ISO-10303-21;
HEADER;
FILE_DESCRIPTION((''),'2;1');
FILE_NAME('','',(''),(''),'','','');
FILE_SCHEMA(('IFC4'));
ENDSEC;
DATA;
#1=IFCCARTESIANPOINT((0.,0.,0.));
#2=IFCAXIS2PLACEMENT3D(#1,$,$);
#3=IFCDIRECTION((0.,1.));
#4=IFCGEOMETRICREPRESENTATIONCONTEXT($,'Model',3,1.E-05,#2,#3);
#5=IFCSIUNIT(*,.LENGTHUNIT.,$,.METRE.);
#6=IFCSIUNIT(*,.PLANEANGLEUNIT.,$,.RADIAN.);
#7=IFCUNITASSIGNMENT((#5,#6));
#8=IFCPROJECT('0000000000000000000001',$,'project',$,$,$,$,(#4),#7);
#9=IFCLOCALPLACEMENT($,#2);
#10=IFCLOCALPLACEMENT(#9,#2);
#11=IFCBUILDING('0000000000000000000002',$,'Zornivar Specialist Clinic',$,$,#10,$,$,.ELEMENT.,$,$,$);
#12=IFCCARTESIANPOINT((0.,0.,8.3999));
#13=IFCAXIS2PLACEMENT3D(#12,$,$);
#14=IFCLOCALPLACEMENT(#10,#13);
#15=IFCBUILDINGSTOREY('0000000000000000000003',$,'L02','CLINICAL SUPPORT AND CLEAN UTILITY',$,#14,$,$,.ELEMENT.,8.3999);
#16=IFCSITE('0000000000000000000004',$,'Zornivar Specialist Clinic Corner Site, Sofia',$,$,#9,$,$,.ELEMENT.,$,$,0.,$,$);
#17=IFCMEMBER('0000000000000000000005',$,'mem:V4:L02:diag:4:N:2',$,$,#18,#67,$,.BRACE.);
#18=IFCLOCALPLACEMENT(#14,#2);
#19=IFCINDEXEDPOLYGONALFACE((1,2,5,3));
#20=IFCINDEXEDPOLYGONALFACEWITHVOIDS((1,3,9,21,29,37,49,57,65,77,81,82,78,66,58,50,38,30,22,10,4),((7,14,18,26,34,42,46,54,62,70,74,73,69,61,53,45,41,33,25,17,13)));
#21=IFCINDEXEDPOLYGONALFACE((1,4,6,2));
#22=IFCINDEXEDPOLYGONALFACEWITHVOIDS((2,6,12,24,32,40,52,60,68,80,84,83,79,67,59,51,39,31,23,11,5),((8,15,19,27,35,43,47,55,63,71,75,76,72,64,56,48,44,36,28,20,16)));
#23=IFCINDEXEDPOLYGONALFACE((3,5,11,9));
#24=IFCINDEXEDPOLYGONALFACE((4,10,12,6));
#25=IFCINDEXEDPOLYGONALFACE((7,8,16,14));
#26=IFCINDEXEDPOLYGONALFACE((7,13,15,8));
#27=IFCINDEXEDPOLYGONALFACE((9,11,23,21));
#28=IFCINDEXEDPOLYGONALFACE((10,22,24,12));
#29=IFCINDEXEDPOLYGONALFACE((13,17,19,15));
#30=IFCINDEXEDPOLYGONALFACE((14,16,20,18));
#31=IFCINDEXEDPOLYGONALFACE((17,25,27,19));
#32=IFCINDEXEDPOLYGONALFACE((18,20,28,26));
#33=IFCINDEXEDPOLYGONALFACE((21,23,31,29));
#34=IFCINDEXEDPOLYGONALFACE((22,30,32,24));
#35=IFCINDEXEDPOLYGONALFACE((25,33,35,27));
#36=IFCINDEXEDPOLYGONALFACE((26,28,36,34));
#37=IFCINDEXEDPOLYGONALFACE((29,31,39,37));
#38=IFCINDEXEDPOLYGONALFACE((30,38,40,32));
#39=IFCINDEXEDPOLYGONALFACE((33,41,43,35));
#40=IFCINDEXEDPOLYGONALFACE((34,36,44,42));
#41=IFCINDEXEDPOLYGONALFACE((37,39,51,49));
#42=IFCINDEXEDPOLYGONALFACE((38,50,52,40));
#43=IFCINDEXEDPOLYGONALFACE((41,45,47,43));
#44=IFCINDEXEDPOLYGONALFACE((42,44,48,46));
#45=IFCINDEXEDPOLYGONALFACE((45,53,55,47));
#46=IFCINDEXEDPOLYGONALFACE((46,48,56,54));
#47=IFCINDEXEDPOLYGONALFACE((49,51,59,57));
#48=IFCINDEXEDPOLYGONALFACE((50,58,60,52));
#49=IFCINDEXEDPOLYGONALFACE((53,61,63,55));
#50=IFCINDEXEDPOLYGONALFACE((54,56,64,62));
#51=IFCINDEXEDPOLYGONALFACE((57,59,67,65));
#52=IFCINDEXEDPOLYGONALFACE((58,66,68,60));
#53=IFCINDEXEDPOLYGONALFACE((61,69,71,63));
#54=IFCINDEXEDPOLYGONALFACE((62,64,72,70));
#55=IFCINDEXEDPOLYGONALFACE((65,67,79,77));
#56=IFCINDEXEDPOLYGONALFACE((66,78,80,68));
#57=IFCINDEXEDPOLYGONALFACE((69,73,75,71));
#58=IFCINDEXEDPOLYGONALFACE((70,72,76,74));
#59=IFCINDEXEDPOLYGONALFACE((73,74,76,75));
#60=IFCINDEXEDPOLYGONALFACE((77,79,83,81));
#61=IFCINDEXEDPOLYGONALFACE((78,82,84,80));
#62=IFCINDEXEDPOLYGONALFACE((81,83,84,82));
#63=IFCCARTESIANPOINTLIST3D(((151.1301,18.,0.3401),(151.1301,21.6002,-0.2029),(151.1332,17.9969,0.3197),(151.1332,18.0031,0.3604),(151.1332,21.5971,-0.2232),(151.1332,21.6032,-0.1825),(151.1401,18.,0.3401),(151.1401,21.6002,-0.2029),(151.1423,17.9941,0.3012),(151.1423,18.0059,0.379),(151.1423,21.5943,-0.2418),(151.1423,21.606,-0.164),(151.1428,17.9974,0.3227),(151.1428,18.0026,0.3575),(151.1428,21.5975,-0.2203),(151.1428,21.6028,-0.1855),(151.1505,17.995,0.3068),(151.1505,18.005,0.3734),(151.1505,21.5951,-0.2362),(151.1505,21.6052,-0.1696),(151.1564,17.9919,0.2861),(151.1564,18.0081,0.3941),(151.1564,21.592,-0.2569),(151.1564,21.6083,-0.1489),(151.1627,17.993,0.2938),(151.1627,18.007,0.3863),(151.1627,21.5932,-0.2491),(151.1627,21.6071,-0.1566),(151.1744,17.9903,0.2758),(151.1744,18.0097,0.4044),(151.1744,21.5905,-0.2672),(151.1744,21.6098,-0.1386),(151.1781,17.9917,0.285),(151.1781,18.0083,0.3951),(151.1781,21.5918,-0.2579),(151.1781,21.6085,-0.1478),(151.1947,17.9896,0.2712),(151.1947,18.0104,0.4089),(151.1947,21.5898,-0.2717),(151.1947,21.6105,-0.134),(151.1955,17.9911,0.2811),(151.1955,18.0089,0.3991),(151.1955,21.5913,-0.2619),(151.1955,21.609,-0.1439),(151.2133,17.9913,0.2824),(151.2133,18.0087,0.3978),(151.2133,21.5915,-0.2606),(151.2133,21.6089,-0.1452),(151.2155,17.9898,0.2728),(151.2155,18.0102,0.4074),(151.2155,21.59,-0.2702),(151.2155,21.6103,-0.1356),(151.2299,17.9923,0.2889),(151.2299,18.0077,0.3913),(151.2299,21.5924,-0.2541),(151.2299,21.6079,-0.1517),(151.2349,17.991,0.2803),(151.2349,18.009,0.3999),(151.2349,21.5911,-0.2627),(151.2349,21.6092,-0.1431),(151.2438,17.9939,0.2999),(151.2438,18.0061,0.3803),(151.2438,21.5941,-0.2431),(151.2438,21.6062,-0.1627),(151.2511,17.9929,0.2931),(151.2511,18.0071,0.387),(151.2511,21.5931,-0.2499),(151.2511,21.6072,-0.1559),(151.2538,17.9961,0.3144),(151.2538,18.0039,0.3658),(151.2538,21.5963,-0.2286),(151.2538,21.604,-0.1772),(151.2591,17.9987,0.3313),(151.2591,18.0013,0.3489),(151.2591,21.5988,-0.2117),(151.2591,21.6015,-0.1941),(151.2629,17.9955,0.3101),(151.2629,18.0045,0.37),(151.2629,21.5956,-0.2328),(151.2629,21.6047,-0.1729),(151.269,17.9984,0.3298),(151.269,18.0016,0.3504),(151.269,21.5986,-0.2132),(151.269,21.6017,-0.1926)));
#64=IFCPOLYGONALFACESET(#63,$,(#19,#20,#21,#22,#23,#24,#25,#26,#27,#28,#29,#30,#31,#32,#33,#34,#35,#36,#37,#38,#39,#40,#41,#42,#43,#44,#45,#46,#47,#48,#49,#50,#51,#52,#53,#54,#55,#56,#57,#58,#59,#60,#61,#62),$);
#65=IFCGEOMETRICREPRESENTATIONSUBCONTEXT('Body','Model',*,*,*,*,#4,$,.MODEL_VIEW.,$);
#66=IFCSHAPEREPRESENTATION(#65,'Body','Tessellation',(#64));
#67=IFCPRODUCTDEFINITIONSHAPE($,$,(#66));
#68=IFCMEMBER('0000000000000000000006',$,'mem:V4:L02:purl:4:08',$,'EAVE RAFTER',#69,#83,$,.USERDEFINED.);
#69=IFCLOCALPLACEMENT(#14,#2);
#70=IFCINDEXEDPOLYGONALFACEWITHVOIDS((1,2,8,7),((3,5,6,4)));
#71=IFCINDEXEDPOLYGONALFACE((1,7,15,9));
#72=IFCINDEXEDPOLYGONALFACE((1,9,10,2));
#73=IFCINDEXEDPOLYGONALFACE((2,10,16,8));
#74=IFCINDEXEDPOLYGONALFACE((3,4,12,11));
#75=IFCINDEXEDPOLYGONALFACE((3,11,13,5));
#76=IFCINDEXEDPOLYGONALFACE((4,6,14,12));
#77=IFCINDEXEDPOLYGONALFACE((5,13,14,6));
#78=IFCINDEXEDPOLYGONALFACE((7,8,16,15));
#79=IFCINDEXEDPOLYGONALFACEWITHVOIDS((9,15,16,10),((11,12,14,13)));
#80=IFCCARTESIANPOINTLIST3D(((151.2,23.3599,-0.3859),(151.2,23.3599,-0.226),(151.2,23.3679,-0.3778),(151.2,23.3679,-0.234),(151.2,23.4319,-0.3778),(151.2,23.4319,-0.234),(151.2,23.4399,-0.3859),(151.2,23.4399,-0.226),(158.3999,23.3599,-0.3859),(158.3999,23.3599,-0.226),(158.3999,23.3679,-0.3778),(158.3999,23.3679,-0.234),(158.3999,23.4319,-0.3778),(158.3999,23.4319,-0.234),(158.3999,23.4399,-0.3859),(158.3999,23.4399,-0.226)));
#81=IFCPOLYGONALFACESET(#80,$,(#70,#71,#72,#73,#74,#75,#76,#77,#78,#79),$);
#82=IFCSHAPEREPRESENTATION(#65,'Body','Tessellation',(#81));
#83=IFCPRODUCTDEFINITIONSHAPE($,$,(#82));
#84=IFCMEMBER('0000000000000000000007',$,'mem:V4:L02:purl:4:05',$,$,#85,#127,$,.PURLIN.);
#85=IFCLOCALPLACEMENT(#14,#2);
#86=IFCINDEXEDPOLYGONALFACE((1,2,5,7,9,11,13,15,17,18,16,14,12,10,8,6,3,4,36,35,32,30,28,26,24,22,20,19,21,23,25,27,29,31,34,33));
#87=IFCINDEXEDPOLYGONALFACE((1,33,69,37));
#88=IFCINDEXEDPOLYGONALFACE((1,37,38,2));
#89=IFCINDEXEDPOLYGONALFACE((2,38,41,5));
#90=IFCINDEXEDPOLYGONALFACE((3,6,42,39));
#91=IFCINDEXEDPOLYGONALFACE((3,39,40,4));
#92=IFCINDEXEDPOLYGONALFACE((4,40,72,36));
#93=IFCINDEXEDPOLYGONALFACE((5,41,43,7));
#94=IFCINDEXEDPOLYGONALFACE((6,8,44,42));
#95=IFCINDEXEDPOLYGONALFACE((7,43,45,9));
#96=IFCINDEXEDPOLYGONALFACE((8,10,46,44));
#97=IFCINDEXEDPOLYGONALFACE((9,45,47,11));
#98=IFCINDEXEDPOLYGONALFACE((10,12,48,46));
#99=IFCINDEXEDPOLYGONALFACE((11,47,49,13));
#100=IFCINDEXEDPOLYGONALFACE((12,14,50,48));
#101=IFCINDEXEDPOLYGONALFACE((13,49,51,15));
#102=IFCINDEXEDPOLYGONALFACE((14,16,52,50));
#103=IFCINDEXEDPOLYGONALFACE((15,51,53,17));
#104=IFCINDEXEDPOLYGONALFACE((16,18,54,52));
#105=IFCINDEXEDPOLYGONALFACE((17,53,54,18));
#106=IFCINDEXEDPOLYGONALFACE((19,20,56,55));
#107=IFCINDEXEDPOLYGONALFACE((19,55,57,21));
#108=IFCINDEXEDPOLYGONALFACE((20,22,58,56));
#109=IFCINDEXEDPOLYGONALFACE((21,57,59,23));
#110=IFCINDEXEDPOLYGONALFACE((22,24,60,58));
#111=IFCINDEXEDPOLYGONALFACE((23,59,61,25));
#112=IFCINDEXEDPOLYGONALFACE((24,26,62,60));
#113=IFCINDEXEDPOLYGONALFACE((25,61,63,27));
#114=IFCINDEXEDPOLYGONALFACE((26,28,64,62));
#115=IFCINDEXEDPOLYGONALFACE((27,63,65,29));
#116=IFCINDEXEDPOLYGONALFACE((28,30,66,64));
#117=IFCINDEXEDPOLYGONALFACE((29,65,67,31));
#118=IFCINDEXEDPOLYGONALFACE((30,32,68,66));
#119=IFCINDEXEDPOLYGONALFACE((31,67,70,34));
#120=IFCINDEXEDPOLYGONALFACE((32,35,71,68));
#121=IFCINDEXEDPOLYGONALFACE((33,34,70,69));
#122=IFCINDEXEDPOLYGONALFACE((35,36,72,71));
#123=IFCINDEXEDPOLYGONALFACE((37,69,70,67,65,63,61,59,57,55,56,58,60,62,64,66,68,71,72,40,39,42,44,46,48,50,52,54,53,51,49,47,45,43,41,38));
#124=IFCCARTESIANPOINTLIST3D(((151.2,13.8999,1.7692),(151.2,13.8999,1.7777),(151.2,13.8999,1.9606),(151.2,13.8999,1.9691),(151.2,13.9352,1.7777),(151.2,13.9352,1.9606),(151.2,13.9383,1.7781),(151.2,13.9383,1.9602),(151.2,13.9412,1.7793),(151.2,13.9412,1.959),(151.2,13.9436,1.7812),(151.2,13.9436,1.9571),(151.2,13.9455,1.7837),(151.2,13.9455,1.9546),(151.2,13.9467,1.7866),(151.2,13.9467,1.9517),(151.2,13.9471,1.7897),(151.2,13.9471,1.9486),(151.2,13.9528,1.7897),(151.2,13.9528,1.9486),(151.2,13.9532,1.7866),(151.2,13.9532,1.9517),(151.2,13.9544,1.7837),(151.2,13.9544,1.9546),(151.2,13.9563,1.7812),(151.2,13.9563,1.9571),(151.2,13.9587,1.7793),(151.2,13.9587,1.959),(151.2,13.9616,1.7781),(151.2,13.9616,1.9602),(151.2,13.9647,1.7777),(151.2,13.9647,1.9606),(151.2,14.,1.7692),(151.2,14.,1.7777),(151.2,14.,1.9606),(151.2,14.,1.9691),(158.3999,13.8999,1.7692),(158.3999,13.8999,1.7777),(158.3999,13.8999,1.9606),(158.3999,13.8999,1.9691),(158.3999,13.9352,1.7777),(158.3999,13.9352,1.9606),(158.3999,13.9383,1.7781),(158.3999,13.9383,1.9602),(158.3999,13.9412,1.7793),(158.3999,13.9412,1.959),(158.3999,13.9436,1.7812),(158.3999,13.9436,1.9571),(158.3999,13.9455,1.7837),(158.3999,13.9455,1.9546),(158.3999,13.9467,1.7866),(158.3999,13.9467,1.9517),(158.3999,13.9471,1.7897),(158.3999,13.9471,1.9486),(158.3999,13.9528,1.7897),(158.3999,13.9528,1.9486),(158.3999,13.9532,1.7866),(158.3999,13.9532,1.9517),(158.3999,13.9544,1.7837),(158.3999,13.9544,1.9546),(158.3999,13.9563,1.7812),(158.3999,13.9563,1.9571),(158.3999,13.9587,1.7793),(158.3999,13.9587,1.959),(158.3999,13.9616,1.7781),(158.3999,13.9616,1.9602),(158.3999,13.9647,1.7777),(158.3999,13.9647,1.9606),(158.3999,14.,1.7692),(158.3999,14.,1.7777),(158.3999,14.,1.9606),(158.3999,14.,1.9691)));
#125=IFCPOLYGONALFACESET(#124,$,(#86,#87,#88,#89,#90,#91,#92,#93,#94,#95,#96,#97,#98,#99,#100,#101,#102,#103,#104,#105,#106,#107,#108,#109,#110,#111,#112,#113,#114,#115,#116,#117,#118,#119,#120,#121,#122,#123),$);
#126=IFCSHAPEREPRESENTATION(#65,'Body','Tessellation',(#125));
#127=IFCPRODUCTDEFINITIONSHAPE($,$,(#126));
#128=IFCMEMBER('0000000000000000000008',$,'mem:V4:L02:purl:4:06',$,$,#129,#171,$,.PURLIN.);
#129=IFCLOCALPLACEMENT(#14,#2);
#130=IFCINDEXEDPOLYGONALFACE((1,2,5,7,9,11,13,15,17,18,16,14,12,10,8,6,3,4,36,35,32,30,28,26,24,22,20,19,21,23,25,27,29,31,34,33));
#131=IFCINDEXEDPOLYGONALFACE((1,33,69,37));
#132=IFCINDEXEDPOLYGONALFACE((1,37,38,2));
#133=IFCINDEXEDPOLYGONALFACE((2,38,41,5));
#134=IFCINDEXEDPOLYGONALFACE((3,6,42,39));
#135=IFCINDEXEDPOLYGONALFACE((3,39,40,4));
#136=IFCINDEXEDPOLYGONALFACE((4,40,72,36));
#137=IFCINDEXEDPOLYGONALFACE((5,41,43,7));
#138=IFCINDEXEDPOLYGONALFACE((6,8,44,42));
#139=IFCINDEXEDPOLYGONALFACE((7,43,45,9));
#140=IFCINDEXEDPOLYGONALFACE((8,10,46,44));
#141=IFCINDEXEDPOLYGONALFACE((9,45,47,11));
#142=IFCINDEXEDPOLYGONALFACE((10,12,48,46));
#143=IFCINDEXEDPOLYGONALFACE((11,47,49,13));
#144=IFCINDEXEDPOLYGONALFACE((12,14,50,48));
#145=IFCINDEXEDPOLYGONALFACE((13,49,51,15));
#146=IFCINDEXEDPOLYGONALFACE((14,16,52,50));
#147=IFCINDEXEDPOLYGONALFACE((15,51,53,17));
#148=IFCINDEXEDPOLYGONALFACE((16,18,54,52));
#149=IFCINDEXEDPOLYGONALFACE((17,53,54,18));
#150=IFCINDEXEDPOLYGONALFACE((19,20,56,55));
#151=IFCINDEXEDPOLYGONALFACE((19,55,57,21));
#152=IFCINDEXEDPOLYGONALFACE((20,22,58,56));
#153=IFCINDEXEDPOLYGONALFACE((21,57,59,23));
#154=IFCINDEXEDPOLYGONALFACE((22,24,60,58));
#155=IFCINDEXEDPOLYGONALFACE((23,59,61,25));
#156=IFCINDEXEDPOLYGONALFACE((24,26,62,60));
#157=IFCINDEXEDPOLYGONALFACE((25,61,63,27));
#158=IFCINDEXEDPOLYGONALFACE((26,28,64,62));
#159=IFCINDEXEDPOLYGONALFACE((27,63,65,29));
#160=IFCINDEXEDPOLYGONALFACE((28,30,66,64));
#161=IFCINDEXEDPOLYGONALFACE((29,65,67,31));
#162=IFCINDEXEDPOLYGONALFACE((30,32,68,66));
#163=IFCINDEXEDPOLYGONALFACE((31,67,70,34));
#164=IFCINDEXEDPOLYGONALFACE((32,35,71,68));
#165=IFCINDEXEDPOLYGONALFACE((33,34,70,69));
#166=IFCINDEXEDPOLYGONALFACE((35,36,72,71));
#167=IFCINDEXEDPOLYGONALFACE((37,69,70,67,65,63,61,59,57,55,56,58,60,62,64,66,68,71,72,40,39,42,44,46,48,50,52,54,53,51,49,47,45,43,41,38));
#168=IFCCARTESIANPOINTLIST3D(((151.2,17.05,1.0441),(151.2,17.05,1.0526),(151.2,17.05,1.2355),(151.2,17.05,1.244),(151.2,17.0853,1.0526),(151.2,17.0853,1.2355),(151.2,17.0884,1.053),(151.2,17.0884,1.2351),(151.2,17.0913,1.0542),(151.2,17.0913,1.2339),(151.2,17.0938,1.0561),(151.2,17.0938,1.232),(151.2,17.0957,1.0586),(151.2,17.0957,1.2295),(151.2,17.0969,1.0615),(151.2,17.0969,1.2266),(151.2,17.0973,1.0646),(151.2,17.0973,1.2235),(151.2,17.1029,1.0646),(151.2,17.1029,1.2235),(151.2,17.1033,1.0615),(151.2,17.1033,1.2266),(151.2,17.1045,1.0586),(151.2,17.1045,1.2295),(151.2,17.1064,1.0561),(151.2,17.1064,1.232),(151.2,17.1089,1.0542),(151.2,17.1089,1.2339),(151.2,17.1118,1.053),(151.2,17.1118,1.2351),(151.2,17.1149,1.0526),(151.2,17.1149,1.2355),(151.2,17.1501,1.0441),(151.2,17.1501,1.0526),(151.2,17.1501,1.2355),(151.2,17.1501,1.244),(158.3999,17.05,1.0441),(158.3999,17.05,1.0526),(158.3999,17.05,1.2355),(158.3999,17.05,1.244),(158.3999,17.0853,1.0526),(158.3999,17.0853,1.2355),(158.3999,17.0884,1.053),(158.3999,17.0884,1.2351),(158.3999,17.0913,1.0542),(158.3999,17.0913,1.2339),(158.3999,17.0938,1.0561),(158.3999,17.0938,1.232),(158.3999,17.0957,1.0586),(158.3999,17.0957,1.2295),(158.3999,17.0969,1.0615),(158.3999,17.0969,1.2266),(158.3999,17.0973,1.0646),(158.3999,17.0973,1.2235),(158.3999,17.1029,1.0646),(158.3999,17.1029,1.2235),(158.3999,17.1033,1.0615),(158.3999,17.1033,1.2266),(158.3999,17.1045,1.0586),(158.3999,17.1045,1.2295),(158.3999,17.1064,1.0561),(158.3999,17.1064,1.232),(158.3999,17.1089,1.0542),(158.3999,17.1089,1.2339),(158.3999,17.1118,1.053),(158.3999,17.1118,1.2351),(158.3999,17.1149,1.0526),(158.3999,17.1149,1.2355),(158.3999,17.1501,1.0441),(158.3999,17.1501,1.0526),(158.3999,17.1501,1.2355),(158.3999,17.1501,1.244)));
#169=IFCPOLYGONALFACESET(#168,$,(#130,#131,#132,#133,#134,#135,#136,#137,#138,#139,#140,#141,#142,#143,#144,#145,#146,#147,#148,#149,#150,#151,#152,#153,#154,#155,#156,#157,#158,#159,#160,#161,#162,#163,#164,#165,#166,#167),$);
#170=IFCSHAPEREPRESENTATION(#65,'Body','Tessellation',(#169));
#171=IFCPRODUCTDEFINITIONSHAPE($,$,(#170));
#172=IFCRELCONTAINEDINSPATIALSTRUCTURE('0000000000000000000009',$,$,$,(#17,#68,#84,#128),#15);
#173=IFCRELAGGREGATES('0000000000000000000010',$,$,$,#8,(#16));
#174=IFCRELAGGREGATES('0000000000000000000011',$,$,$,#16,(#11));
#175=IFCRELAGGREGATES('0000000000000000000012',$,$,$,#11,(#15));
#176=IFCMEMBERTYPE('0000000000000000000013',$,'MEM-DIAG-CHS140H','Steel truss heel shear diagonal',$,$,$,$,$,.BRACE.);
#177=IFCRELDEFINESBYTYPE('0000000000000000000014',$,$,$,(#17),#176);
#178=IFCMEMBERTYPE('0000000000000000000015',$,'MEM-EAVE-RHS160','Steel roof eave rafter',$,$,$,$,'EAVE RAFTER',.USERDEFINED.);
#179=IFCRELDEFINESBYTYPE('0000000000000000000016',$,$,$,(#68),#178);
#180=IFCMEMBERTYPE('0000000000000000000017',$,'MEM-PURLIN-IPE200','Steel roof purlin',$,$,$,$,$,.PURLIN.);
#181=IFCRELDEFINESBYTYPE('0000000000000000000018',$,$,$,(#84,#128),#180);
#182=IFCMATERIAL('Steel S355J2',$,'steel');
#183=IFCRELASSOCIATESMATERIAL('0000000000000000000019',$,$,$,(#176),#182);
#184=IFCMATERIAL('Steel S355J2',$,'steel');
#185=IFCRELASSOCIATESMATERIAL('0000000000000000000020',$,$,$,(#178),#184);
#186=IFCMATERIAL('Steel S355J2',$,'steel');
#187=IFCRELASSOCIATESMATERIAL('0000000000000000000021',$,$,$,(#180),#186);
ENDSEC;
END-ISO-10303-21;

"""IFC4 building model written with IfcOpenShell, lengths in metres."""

from ifc_helpers import new_model, si_unit, direction, frame, origin, origin_2d, place, context, subcontext, project, spatial, hollow_rectangle, hollow_circle, i_section, extrude, material, material_profile, profile_set, type_object, element, save


model = new_model("IFC4")

# Units and contexts
model_context = context("Model", 3, precision=1e-05, world=origin(), true_north=direction((0.0, 1.0)))
body_context = subcontext(model_context, "Body", "Model", "MODEL_VIEW")
ifc_project = project(units=[si_unit("LENGTHUNIT", "METRE"), si_unit("PLANEANGLEUNIT", "RADIAN")], contexts=[model_context])

# Site, building, storey
site_placement = place(None, origin())
site = spatial("IfcSite", under=ifc_project, at=site_placement, Name="Zornivar Specialist Clinic Corner Site, Sofia", CompositionType="ELEMENT", RefElevation=0.0)
building_placement = place(site_placement, origin())
building = spatial("IfcBuilding", under=site, at=building_placement, Name="Zornivar Specialist Clinic", CompositionType="ELEMENT")
storey_placement = place(building_placement, frame((0.0, 0.0, 8.3999)))
storey = spatial("IfcBuildingStorey", under=building, at=storey_placement, Name="L02", Description="CLINICAL SUPPORT AND CLEAN UTILITY", CompositionType="ELEMENT", Elevation=8.3999)

# Members
ifc_material_1 = material(Name="Steel S355J2", Category="steel")
ifc_material_profile_1 = material_profile(ifc_material_1, hollow_circle(Radius=0.0698, WallThickness=0.01, at=origin_2d()), Name="CHS 139.7x10")
ifc_profile_set_1 = profile_set([ifc_material_profile_1], Name="Steel S355J2")
member_type_1 = type_object("IfcMemberType", Name="MEM-DIAG-CHS140H", Description="Steel truss heel shear diagonal", PredefinedType="BRACE", material=ifc_profile_set_1)
member_1_placement = place(storey_placement, frame((151.2, 18.0, 0.3401), z_axis=(0.0, 0.988817, -0.149134), x_axis=(-1.0, 0.0, 0.0)))
element("IfcMember", 1, at=member_1_placement, inside=storey, type_object=member_type_1, Name="mem:V4:L02:diag:4:N:2", PredefinedType="BRACE", context=body_context, shape_type="SweptSolid", body=[
    extrude(hollow_circle(Radius=0.0698, WallThickness=0.01, at=origin_2d()), origin(), (0.0, 0.0, 1.0), 3.6409),
])
ifc_material_2 = material(Name="Steel S355J2", Category="steel")
ifc_material_profile_2 = material_profile(ifc_material_2, hollow_rectangle(XDim=0.0801, YDim=0.1599, WallThickness=0.0081, at=origin_2d()), Name="RHS 160x80x8")
ifc_profile_set_2 = profile_set([ifc_material_profile_2], Name="Steel S355J2")
member_type_2 = type_object("IfcMemberType", Name="MEM-EAVE-RHS160", Description="Steel roof eave rafter", ElementType="EAVE RAFTER", PredefinedType="USERDEFINED", material=ifc_profile_set_2)
member_2_placement = place(storey_placement, frame((151.2, 23.3999, -0.3059), z_axis=(1.0, 0.0, 0.0), x_axis=(0.0, 1.0, 0.0)))
element("IfcMember", 2, at=member_2_placement, inside=storey, type_object=member_type_2, Name="mem:V4:L02:purl:4:08", ObjectType="EAVE RAFTER", PredefinedType="USERDEFINED", context=body_context, shape_type="SweptSolid", body=[
    extrude(hollow_rectangle(XDim=0.0801, YDim=0.1599, WallThickness=0.0081, at=origin_2d()), origin(), (0.0, 0.0, 1.0), 7.2),
])
ifc_material_3 = material(Name="Steel S355J2", Category="steel")
ifc_material_profile_3 = material_profile(ifc_material_3, i_section(OverallWidth=0.1001, OverallDepth=0.2, WebThickness=0.0056, FlangeThickness=0.0085, FilletRadius=0.012, at=origin_2d()), Name="IPE 200")
ifc_profile_set_3 = profile_set([ifc_material_profile_3], Name="Steel S355J2")
member_type_3 = type_object("IfcMemberType", Name="MEM-PURLIN-IPE200", Description="Steel roof purlin", PredefinedType="PURLIN", material=ifc_profile_set_3)
for number, where, z_axis, x_axis, name in (
    (3, (151.2, 13.95, 1.8691), (1.0, 0.0, 0.0), (0.0, 1.0, 0.0), "mem:V4:L02:purl:4:05"),
    (4, (151.2, 17.1001, 1.144), (1.0, 0.0, 0.0), (0.0, 1.0, 0.0), "mem:V4:L02:purl:4:06"),
):
    element("IfcMember", number, at=place(storey_placement, frame(where, z_axis=z_axis, x_axis=x_axis)), inside=storey, type_object=member_type_3, Name=name, PredefinedType="PURLIN", context=body_context, shape_type="SweptSolid", body=[
        extrude(i_section(OverallWidth=0.1001, OverallDepth=0.2, WebThickness=0.0056, FlangeThickness=0.0085, FilletRadius=0.012, at=origin_2d()), origin(), (0.0, 0.0, 1.0), 7.2),
    ])

save(model, "model.ifc")
